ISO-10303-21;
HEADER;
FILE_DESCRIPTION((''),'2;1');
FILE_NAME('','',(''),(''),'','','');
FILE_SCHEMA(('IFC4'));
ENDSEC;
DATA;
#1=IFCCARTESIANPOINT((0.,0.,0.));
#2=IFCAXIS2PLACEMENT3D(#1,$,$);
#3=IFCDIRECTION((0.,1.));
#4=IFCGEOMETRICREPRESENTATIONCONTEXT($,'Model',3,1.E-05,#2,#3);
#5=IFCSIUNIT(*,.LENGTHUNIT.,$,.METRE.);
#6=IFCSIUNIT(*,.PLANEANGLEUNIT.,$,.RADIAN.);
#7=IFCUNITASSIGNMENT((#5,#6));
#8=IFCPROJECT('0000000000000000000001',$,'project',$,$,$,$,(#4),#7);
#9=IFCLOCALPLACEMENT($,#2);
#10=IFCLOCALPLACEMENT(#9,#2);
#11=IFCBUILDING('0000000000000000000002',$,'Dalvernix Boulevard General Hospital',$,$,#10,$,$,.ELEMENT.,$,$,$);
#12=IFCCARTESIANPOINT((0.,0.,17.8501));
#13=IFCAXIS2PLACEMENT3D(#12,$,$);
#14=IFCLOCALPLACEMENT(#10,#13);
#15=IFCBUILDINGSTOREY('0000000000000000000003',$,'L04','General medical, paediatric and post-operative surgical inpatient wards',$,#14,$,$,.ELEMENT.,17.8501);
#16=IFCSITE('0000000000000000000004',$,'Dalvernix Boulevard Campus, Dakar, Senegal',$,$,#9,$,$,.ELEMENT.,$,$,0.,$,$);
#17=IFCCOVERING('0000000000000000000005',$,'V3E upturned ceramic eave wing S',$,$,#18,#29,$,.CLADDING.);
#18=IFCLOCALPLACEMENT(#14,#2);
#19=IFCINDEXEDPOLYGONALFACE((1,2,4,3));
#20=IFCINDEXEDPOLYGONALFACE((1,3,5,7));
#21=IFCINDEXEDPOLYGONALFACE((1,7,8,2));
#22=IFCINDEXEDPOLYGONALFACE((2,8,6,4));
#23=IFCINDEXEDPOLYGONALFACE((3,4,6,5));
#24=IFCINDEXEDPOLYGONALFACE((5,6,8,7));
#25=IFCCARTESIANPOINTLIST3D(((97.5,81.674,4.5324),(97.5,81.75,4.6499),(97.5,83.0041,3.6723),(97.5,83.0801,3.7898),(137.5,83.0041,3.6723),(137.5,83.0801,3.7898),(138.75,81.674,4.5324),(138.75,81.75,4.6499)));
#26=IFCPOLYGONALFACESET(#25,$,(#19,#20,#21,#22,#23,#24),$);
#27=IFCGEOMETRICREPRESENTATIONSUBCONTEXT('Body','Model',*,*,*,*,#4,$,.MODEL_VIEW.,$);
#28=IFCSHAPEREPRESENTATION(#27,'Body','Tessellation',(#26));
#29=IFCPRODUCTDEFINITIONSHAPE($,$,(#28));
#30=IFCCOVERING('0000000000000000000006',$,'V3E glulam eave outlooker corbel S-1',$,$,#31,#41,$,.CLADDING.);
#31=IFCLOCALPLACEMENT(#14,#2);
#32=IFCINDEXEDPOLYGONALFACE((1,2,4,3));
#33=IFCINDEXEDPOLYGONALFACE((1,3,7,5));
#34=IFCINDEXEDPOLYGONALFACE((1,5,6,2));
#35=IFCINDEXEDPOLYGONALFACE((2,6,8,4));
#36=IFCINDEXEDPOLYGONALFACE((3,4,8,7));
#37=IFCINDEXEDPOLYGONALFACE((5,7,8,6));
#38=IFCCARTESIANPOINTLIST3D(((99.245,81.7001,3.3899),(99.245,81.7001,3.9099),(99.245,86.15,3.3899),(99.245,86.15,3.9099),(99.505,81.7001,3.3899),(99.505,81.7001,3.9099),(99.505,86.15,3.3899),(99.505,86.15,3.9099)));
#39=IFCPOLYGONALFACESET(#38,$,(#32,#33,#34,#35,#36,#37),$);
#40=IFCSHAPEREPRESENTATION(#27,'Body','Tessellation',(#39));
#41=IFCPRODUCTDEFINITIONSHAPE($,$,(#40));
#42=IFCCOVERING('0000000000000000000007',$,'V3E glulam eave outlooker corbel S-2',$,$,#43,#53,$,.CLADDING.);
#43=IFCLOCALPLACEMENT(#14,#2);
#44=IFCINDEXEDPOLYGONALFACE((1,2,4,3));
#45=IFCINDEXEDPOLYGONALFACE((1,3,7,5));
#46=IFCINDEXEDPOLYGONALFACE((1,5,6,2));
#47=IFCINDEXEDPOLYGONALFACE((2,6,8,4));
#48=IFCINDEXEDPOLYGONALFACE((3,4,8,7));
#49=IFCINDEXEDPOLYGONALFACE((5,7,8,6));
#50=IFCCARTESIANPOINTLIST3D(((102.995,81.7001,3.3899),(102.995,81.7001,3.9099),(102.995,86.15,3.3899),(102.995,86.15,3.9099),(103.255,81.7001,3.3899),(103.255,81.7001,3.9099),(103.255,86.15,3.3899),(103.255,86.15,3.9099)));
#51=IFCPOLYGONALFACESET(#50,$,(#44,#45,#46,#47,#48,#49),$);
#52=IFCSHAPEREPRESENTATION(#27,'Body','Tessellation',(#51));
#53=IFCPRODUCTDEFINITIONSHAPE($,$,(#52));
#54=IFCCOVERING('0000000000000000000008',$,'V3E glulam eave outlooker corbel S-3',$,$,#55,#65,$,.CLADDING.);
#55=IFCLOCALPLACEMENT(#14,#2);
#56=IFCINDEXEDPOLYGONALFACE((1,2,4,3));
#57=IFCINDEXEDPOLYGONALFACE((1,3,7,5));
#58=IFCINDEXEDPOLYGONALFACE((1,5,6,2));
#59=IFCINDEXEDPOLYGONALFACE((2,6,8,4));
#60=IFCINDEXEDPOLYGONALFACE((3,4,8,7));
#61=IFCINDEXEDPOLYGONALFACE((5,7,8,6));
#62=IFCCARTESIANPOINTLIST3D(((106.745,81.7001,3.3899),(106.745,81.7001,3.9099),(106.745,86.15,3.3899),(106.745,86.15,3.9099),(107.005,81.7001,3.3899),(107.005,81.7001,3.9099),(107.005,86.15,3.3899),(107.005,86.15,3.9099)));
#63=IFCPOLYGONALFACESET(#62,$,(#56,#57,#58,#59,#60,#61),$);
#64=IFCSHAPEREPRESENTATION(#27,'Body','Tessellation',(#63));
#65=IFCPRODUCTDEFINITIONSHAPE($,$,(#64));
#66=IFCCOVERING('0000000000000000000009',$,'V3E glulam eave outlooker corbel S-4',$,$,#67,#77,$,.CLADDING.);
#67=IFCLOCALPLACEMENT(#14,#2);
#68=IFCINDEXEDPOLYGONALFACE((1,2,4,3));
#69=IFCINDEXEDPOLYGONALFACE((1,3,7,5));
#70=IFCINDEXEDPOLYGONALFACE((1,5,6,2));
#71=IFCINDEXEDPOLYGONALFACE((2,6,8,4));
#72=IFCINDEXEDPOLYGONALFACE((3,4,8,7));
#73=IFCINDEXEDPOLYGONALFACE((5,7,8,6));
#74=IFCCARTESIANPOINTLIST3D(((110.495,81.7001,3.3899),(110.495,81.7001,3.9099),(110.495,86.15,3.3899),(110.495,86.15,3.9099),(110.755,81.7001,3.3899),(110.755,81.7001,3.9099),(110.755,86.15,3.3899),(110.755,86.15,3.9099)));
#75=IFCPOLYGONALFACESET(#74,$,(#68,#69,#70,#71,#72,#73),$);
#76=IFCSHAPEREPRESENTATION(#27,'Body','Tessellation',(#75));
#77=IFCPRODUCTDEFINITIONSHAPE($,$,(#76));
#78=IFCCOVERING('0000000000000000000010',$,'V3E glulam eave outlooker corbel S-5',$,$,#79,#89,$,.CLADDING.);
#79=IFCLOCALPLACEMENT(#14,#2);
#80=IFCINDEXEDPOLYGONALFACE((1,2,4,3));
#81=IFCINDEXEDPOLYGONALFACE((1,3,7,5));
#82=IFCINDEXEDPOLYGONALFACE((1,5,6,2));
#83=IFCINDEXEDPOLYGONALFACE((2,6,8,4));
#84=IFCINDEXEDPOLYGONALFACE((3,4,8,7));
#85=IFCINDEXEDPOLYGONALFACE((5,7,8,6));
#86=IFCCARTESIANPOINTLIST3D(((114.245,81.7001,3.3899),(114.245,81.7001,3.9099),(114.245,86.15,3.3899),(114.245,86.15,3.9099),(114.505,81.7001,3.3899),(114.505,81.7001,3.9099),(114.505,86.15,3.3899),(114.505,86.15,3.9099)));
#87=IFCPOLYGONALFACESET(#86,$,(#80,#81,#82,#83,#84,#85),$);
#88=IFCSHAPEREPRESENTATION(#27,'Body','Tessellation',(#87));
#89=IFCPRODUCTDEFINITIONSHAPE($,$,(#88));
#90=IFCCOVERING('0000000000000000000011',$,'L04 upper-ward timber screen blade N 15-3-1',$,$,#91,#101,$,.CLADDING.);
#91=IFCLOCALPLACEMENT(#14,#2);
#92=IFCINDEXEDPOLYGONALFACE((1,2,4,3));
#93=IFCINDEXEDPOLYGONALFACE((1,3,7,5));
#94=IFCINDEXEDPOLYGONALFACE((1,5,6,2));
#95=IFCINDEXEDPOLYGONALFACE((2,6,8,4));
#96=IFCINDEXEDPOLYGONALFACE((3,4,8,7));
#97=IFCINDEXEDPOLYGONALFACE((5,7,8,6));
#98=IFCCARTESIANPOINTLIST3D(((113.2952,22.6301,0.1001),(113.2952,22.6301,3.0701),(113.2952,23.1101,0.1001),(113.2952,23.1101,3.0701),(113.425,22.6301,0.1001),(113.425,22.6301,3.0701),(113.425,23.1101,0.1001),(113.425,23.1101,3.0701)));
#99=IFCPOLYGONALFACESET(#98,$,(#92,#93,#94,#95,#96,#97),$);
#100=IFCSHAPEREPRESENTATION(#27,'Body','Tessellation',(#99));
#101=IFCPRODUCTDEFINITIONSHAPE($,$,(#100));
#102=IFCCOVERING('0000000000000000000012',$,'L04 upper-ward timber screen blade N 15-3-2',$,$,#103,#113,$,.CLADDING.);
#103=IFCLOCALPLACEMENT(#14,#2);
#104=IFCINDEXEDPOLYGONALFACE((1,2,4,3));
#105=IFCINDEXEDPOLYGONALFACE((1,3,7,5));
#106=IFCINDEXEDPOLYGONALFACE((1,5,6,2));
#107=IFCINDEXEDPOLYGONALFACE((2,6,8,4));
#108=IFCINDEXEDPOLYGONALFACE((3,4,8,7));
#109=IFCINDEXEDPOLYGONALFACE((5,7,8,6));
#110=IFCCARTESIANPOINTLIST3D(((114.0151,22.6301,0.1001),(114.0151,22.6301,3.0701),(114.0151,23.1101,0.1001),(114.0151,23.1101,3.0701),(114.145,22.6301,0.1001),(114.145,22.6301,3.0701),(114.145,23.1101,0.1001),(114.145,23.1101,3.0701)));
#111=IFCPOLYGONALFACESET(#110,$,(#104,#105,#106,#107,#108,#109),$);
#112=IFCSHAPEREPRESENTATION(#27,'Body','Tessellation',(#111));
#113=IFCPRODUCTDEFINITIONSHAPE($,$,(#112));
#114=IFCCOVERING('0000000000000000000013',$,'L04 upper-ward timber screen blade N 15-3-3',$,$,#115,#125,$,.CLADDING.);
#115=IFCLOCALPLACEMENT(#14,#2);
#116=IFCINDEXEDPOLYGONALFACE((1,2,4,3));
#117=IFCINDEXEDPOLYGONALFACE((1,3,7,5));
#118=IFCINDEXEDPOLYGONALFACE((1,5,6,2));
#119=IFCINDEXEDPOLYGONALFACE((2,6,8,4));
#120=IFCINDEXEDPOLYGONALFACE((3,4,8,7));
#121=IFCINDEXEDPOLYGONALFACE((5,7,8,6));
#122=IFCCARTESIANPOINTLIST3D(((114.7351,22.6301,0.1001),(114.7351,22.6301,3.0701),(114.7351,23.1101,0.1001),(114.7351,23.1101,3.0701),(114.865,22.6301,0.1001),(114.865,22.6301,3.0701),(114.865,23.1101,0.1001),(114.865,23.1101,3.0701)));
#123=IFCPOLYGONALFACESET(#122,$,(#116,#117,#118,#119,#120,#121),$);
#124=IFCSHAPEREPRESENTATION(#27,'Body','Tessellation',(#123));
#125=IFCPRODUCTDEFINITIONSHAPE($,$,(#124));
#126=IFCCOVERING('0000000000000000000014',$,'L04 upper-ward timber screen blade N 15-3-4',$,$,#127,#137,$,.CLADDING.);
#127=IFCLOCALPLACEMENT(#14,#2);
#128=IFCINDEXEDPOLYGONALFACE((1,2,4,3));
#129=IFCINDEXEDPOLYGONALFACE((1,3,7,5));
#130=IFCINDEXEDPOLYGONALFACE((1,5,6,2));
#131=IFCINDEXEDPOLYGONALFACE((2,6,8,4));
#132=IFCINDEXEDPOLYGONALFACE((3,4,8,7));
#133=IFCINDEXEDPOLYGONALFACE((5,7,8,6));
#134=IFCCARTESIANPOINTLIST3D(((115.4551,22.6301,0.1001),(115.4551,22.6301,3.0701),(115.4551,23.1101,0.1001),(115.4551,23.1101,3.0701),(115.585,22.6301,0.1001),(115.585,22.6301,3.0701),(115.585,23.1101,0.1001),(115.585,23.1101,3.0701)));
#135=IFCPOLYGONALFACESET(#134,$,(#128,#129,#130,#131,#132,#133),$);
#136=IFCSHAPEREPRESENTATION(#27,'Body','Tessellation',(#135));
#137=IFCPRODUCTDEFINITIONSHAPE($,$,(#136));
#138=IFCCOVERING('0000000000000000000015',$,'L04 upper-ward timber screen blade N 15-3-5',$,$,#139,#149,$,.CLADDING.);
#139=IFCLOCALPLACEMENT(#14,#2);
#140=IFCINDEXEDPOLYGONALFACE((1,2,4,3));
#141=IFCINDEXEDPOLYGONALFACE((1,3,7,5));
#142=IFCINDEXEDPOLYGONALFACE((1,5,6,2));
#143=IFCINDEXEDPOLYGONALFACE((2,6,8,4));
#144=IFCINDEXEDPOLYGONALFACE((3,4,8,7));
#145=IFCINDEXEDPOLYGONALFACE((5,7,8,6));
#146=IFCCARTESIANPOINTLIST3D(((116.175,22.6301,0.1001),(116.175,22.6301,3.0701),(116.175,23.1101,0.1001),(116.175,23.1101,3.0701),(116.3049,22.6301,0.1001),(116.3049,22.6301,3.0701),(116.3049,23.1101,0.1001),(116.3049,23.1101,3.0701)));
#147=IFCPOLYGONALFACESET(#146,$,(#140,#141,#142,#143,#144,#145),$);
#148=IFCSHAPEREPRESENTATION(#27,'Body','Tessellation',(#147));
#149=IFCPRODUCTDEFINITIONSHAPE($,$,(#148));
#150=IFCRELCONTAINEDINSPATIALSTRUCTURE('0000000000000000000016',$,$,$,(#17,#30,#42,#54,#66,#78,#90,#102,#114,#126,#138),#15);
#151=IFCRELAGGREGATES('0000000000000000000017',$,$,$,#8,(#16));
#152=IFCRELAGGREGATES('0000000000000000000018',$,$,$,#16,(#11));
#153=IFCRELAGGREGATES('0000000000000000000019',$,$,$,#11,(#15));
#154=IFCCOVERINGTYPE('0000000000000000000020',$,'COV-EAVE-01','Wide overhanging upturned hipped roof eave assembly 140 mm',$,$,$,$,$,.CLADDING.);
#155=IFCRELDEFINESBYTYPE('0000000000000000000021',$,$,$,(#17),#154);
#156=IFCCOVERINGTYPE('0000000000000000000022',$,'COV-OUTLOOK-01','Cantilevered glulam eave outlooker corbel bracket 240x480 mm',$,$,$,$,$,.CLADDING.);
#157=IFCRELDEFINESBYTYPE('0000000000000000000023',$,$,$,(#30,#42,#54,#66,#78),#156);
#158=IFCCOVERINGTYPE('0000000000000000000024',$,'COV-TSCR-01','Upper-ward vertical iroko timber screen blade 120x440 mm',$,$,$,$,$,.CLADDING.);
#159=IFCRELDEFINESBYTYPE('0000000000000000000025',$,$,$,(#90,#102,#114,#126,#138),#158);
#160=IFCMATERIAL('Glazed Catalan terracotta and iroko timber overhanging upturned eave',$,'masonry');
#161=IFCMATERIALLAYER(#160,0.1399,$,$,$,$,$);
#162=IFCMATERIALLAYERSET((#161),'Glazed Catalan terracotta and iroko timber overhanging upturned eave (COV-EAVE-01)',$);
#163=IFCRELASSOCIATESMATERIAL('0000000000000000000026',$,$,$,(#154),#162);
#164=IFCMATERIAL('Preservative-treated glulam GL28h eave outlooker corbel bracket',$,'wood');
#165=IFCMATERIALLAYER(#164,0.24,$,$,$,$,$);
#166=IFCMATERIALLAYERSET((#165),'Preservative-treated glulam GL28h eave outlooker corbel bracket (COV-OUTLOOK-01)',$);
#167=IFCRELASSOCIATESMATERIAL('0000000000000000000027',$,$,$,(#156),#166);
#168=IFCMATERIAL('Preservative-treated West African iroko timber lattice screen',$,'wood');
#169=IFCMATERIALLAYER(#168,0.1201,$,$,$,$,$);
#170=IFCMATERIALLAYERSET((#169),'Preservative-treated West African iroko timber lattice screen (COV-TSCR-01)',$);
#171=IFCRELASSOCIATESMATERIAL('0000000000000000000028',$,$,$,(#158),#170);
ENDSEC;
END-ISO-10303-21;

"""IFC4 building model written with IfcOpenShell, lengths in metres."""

from ifc_helpers import new_model, si_unit, direction, frame, origin, origin_2d, place, context, subcontext, project, spatial, polyline, rectangle, outline, extrude, material, layer, layer_set, type_object, element, save


model = new_model("IFC4")

# Units and contexts
model_context = context("Model", 3, precision=1e-05, world=origin(), true_north=direction((0.0, 1.0)))
body_context = subcontext(model_context, "Body", "Model", "MODEL_VIEW")
ifc_project = project(units=[si_unit("LENGTHUNIT", "METRE"), si_unit("PLANEANGLEUNIT", "RADIAN")], contexts=[model_context])

# Site, building, storey
site_placement = place(None, origin())
site = spatial("IfcSite", under=ifc_project, at=site_placement, Name="Dalvernix Boulevard Campus, Dakar, Senegal", CompositionType="ELEMENT", RefElevation=0.0)
building_placement = place(site_placement, origin())
building = spatial("IfcBuilding", under=site, at=building_placement, Name="Dalvernix Boulevard General Hospital", CompositionType="ELEMENT")
storey_placement = place(building_placement, frame((0.0, 0.0, 17.8501)))
storey = spatial("IfcBuildingStorey", under=building, at=storey_placement, Name="L04", Description="General medical, paediatric and post-operative surgical inpatient wards", CompositionType="ELEMENT", Elevation=17.8501)

# Coverings
ifc_material_1 = material(Name="Glazed Catalan terracotta and iroko timber overhanging upturned eave", Category="masonry")
ifc_layer_1 = layer(ifc_material_1, 0.1399)
ifc_layer_set_1 = layer_set([ifc_layer_1], Name="Glazed Catalan terracotta and iroko timber overhanging upturned eave (COV-EAVE-01)")
covering_type_1 = type_object("IfcCoveringType", Name="COV-EAVE-01", Description="Wide overhanging upturned hipped roof eave assembly 140 mm", PredefinedType="CLADDING", material=ifc_layer_set_1)
covering_1_placement = place(storey_placement, frame((97.5, 83.0801, 3.7898), z_axis=(0.0, 0.543015, 0.839723), x_axis=(1.0, 0.0, 0.0)))
element("IfcCovering", 1, at=covering_1_placement, inside=storey, type_object=covering_type_1, Name="V3E upturned ceramic eave wing S", PredefinedType="CLADDING", context=body_context, shape_type="SweptSolid", body=[
    extrude(outline(polyline([(0.0, 0.0), (40.0, 0.0), (41.25, -1.5839), (0.0, -1.5839), (0.0, 0.0)])), origin(), (0.0, 0.0, -1.0), 0.1399),
])
ifc_material_2 = material(Name="Preservative-treated glulam GL28h eave outlooker corbel bracket", Category="wood")
ifc_layer_2 = layer(ifc_material_2, 0.24)
ifc_layer_set_2 = layer_set([ifc_layer_2], Name="Preservative-treated glulam GL28h eave outlooker corbel bracket (COV-OUTLOOK-01)")
covering_type_2 = type_object("IfcCoveringType", Name="COV-OUTLOOK-01", Description="Cantilevered glulam eave outlooker corbel bracket 240x480 mm", PredefinedType="CLADDING", material=ifc_layer_set_2)
for number, where, z_axis, x_axis, name in (
    (2, (99.375, 83.925, 3.3899), (0.0, 0.0, 1.0), (1.0, 0.0, 0.0), "V3E glulam eave outlooker corbel S-1"),
    (3, (103.125, 83.925, 3.3899), (0.0, 0.0, 1.0), (1.0, 0.0, 0.0), "V3E glulam eave outlooker corbel S-2"),
    (4, (106.875, 83.925, 3.3899), (0.0, 0.0, 1.0), (1.0, 0.0, 0.0), "V3E glulam eave outlooker corbel S-3"),
    (5, (110.625, 83.925, 3.3899), (0.0, 0.0, 1.0), (1.0, 0.0, 0.0), "V3E glulam eave outlooker corbel S-4"),
    (6, (114.375, 83.925, 3.3899), (0.0, 0.0, 1.0), (1.0, 0.0, 0.0), "V3E glulam eave outlooker corbel S-5"),
):
    element("IfcCovering", number, at=place(storey_placement, frame(where, z_axis=z_axis, x_axis=x_axis)), inside=storey, type_object=covering_type_2, Name=name, PredefinedType="CLADDING", context=body_context, shape_type="SweptSolid", body=[
        extrude(rectangle(XDim=0.26, YDim=4.45, at=origin_2d()), origin(), (0.0, 0.0, 1.0), 0.52),
    ])
ifc_material_3 = material(Name="Preservative-treated West African iroko timber lattice screen", Category="wood")
ifc_layer_3 = layer(ifc_material_3, 0.1201)
ifc_layer_set_3 = layer_set([ifc_layer_3], Name="Preservative-treated West African iroko timber lattice screen (COV-TSCR-01)")
covering_type_3 = type_object("IfcCoveringType", Name="COV-TSCR-01", Description="Upper-ward vertical iroko timber screen blade 120x440 mm", PredefinedType="CLADDING", material=ifc_layer_set_3)
for number, where, z_axis, x_axis, name in (
    (7, (113.3601, 22.8701, 0.1001), (0.0, 0.0, 1.0), (1.0, 0.0, 0.0), "L04 upper-ward timber screen blade N 15-3-1"),
    (8, (114.0801, 22.8701, 0.1001), (0.0, 0.0, 1.0), (1.0, 0.0, 0.0), "L04 upper-ward timber screen blade N 15-3-2"),
    (9, (114.8, 22.8701, 0.1001), (0.0, 0.0, 1.0), (1.0, 0.0, 0.0), "L04 upper-ward timber screen blade N 15-3-3"),
    (10, (115.52, 22.8701, 0.1001), (0.0, 0.0, 1.0), (1.0, 0.0, 0.0), "L04 upper-ward timber screen blade N 15-3-4"),
    (11, (116.24, 22.8701, 0.1001), (0.0, 0.0, 1.0), (1.0, 0.0, 0.0), "L04 upper-ward timber screen blade N 15-3-5"),
):
    element("IfcCovering", number, at=place(storey_placement, frame(where, z_axis=z_axis, x_axis=x_axis)), inside=storey, type_object=covering_type_3, Name=name, PredefinedType="CLADDING", context=body_context, shape_type="SweptSolid", body=[
        extrude(rectangle(XDim=0.1299, YDim=0.48, at=origin_2d()), origin(), (0.0, 0.0, 1.0), 2.97),
    ])

save(model, "model.ifc")
